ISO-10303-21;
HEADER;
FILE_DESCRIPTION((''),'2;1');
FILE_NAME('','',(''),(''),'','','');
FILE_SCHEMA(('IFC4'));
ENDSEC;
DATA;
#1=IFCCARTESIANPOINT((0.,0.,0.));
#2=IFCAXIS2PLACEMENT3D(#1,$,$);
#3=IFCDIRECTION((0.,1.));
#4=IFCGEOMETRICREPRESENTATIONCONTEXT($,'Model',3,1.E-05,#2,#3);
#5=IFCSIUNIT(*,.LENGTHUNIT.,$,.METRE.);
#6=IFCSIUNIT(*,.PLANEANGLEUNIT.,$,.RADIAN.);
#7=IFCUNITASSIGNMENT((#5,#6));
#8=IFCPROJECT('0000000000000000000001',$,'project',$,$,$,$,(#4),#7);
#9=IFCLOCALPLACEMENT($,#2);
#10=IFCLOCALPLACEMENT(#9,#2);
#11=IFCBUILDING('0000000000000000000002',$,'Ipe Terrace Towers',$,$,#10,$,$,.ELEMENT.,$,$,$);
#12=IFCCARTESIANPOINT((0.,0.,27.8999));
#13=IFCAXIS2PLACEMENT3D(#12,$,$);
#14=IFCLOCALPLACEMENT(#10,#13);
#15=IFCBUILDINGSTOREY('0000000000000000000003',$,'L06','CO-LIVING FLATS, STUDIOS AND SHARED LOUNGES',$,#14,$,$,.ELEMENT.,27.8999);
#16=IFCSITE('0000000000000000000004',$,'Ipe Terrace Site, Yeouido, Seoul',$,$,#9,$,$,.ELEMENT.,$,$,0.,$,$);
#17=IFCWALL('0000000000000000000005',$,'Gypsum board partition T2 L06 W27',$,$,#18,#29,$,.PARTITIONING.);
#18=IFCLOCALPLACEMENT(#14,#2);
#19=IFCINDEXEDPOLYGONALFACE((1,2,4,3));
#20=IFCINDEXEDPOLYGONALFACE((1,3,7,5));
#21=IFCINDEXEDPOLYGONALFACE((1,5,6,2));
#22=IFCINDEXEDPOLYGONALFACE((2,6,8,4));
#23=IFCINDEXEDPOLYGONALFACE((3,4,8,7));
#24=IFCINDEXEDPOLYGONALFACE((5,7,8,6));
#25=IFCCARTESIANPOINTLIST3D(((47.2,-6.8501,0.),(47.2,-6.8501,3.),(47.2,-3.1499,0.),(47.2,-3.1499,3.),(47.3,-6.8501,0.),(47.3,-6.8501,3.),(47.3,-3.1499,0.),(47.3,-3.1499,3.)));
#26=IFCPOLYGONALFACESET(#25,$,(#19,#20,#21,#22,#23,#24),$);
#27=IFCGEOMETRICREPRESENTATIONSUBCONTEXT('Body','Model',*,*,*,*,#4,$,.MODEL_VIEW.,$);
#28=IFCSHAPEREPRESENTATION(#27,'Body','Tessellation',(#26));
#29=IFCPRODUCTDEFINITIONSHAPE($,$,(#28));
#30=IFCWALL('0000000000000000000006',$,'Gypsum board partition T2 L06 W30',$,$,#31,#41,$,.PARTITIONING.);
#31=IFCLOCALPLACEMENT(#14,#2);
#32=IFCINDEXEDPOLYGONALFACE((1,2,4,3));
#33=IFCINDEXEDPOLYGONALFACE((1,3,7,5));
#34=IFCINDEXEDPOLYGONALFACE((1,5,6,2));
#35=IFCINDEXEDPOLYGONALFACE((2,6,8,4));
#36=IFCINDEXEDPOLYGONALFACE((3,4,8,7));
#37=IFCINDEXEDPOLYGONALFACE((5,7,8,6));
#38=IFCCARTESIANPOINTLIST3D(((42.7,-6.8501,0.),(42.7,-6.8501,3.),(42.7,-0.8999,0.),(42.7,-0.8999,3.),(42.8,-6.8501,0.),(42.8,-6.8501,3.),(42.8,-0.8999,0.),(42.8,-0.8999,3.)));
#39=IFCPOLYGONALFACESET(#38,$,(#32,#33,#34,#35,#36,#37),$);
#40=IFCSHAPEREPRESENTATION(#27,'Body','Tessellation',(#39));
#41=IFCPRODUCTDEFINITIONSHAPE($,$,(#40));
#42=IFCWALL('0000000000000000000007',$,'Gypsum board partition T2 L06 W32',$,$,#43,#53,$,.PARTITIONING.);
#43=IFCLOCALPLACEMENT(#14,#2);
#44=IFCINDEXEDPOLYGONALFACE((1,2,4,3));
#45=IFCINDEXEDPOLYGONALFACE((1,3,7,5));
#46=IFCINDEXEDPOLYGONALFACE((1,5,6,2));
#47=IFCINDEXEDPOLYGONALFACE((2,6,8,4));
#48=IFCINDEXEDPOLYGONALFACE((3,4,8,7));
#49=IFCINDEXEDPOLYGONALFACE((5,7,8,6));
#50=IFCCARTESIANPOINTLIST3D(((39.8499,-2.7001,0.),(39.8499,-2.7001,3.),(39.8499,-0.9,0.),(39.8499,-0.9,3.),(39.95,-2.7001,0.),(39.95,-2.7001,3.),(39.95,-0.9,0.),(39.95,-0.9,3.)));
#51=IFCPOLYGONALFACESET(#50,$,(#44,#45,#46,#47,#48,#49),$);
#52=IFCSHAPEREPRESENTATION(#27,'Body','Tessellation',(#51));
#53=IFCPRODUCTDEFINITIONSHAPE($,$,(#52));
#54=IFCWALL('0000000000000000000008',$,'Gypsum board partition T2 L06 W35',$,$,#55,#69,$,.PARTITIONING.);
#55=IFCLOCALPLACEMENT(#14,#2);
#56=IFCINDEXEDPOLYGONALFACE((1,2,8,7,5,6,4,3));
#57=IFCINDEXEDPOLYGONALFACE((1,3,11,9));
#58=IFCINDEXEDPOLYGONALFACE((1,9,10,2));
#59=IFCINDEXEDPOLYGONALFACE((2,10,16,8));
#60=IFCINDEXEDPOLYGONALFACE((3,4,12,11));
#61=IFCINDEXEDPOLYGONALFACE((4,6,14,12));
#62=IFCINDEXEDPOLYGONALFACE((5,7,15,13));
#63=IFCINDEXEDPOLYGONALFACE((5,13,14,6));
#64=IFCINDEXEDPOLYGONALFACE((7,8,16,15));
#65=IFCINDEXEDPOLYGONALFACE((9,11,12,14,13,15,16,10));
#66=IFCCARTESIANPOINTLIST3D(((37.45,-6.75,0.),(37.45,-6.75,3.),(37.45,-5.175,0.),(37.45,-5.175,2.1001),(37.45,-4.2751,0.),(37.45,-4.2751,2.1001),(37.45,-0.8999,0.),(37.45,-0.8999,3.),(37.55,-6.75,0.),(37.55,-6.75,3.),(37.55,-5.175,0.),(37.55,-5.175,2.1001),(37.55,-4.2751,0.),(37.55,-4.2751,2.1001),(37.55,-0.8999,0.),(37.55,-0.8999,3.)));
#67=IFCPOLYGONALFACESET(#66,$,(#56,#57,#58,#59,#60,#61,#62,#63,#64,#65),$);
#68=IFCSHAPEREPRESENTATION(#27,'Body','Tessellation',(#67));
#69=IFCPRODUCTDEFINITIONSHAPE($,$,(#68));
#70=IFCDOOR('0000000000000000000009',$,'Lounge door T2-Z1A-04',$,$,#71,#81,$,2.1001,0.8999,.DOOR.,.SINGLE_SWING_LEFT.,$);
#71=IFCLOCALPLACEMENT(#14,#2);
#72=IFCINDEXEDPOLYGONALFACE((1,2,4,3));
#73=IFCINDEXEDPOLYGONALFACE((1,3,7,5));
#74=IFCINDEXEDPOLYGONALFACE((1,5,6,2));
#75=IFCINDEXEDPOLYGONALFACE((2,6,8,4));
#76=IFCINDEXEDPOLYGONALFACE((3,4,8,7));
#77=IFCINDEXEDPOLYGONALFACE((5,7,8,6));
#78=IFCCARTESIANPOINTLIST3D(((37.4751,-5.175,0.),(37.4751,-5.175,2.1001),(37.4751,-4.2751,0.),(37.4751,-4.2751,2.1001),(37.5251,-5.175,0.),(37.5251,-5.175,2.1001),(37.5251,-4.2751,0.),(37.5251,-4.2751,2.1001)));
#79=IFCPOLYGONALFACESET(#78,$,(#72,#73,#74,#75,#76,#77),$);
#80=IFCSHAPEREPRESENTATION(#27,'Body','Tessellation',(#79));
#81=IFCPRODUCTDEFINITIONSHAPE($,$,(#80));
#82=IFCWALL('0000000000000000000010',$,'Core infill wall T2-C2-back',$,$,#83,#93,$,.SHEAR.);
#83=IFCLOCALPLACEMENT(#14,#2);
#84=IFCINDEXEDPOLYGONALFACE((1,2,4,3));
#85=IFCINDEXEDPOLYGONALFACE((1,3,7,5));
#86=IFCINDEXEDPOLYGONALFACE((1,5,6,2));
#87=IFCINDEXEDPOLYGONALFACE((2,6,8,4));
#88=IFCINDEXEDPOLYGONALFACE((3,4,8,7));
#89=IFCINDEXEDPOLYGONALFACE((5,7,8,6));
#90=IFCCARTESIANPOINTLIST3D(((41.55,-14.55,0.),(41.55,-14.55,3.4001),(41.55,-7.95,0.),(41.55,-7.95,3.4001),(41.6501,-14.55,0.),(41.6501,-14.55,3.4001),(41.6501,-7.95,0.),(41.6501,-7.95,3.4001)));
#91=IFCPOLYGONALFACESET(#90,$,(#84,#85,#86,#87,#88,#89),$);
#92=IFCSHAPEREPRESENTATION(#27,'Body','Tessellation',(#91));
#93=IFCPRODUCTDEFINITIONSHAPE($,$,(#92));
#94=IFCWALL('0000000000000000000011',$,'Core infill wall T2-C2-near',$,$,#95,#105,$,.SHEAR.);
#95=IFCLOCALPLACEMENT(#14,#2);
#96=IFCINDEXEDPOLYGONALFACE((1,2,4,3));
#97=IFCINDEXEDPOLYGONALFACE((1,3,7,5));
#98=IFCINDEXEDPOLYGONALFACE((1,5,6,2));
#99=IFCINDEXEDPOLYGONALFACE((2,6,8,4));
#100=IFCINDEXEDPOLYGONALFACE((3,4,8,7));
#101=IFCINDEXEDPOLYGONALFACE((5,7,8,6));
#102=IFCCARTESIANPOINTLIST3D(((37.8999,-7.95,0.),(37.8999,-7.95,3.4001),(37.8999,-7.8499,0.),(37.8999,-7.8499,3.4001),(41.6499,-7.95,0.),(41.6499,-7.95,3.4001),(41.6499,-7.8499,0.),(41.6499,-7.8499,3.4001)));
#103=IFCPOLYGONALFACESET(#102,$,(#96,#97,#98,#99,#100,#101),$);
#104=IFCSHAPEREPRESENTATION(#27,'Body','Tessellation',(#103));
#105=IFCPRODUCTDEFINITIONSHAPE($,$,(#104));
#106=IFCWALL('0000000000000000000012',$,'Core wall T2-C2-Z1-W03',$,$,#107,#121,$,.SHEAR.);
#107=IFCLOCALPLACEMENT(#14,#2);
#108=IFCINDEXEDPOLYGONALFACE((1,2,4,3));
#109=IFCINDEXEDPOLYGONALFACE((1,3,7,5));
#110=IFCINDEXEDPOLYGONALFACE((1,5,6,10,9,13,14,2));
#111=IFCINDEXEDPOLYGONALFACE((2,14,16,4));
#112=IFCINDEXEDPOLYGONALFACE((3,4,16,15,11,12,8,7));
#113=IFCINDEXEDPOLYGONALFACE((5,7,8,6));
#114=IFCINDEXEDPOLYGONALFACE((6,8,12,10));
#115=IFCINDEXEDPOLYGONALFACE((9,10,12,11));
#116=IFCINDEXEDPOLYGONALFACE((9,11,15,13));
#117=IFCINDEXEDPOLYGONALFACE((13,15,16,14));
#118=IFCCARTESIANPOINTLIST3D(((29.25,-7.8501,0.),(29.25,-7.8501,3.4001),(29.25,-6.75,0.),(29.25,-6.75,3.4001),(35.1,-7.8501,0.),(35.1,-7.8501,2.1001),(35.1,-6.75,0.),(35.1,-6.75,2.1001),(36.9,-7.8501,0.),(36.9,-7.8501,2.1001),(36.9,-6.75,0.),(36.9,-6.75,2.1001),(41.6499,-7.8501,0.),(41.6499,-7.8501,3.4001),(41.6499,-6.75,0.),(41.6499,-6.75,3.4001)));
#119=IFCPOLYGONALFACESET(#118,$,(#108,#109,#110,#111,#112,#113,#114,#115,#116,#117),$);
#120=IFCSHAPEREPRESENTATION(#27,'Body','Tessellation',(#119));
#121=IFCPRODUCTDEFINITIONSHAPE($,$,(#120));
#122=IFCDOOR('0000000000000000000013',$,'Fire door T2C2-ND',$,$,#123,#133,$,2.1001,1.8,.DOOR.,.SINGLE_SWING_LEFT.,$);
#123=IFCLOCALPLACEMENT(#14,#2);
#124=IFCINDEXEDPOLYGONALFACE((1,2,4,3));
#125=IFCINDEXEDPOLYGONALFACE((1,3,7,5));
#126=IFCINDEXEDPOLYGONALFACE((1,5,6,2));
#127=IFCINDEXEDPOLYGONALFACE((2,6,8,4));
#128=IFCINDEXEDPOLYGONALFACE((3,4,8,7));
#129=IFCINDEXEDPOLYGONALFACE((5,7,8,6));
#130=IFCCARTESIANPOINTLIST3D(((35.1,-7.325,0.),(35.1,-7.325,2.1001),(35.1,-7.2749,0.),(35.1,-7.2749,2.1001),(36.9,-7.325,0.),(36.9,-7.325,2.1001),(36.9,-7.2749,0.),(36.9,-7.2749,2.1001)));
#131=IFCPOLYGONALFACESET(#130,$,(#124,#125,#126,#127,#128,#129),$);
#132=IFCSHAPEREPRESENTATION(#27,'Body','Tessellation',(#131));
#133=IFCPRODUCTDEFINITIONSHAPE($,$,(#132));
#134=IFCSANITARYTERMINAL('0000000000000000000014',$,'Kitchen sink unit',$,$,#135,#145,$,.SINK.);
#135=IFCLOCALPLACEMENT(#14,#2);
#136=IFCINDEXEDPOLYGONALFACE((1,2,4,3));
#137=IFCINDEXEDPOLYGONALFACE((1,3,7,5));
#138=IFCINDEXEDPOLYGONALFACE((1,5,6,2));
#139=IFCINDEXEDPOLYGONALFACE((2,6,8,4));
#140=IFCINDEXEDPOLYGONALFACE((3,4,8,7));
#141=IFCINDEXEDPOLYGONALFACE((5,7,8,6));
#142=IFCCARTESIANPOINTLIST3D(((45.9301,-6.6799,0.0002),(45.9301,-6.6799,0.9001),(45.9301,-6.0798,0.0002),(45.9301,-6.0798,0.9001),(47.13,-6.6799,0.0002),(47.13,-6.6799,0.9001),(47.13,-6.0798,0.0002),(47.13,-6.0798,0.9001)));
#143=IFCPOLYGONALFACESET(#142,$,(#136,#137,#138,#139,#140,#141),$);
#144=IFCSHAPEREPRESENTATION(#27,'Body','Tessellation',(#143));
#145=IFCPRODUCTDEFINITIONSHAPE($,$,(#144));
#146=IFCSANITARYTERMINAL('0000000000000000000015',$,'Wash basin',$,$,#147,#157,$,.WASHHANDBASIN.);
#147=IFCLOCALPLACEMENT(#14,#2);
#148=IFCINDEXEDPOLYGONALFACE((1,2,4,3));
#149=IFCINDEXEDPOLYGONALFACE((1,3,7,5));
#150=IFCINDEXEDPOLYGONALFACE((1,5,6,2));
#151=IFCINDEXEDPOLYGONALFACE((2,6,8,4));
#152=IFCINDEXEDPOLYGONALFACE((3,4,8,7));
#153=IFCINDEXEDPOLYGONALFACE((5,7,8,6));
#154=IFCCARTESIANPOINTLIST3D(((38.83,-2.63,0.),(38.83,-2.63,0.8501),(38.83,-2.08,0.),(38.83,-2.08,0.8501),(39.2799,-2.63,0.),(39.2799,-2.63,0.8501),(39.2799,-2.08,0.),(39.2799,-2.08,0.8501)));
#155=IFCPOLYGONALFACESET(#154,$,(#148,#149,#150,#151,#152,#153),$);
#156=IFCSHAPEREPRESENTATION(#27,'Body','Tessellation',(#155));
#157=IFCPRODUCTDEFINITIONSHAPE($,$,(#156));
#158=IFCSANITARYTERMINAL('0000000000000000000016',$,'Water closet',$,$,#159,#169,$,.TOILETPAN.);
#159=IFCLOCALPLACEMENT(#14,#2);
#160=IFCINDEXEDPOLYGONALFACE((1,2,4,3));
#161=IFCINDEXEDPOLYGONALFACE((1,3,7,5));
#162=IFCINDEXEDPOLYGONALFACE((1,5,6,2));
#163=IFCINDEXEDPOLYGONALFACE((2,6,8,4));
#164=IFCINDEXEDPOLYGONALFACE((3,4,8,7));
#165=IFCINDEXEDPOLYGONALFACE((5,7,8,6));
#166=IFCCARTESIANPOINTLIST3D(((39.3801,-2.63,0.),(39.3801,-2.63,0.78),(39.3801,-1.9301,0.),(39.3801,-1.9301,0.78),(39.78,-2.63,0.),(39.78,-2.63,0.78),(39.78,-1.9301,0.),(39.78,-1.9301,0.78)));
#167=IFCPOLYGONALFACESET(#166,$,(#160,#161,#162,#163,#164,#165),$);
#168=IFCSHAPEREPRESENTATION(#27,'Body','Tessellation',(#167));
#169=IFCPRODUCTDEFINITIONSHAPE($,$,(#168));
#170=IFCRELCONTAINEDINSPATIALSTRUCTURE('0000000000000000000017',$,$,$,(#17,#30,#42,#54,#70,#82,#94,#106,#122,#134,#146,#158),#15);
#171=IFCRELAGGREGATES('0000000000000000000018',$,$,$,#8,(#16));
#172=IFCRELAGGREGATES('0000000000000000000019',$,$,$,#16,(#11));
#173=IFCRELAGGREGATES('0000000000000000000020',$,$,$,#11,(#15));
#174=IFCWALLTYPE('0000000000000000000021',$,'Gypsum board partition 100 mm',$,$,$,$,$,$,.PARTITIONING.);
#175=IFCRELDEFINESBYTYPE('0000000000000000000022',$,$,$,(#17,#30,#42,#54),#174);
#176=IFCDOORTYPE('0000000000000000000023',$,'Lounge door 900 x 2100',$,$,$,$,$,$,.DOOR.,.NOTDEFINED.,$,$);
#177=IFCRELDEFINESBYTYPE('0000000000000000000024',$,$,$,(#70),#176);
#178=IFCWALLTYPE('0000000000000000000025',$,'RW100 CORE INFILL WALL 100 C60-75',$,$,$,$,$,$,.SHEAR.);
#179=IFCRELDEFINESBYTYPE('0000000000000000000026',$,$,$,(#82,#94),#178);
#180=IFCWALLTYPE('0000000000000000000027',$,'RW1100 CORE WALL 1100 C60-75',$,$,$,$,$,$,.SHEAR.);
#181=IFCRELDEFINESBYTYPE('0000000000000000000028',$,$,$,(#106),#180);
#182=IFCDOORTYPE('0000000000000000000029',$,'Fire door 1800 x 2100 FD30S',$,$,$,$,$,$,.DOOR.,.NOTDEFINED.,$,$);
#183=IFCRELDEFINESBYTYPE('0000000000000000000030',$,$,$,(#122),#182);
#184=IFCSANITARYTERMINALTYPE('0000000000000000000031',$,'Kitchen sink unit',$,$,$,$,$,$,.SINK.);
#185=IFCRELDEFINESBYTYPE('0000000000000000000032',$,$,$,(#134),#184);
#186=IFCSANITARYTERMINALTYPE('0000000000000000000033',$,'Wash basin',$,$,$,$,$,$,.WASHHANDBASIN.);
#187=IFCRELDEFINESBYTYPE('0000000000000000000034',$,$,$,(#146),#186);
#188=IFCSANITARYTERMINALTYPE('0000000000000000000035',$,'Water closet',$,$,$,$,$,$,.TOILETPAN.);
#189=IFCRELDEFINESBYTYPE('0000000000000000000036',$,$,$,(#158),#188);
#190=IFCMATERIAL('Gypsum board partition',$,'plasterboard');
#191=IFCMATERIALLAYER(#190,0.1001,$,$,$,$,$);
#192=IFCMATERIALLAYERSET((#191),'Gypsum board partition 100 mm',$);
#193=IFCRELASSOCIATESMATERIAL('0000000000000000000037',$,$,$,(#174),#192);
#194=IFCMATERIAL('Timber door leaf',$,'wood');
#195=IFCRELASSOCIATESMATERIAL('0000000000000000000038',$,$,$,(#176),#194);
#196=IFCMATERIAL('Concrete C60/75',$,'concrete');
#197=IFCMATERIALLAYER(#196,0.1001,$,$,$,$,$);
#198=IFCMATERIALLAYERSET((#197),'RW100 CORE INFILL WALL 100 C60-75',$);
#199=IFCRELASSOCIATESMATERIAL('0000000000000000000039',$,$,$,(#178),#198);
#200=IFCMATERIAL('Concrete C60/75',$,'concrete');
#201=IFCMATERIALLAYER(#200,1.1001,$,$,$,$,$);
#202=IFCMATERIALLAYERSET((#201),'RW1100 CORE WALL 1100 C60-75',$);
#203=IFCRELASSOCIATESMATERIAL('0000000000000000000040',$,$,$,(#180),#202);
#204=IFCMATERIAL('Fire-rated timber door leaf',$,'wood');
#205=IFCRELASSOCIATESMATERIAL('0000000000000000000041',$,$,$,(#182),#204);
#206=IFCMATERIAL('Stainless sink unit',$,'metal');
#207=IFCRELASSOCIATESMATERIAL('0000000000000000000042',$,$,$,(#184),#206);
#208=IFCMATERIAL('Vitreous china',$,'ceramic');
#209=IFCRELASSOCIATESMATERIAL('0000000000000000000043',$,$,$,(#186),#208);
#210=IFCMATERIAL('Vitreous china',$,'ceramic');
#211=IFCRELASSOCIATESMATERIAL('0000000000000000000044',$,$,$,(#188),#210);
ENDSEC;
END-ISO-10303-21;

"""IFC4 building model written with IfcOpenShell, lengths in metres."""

from ifc_helpers import new_model, si_unit, direction, frame, frame_2d, origin, origin_2d, place, context, subcontext, project, spatial, rectangle, extrude, material, layer, layer_set, type_object, element, fill, save


model = new_model("IFC4")

# Units and contexts
model_context = context("Model", 3, precision=1e-05, world=origin(), true_north=direction((0.0, 1.0)))
body_context = subcontext(model_context, "Body", "Model", "MODEL_VIEW")
ifc_project = project(units=[si_unit("LENGTHUNIT", "METRE"), si_unit("PLANEANGLEUNIT", "RADIAN")], contexts=[model_context])

# Site, building, storey
site_placement = place(None, origin())
site = spatial("IfcSite", under=ifc_project, at=site_placement, Name="Ipe Terrace Site, Yeouido, Seoul", CompositionType="ELEMENT", RefElevation=0.0)
building_placement = place(site_placement, origin())
building = spatial("IfcBuilding", under=site, at=building_placement, Name="Ipe Terrace Towers", CompositionType="ELEMENT")
storey_placement = place(building_placement, frame((0.0, 0.0, 27.8999)))
storey = spatial("IfcBuildingStorey", under=building, at=storey_placement, Name="L06", Description="CO-LIVING FLATS, STUDIOS AND SHARED LOUNGES", CompositionType="ELEMENT", Elevation=27.8999)

# Shared definitions
ifc_material_1 = material(Name="Gypsum board partition", Category="plasterboard")
ifc_layer_1 = layer(ifc_material_1, 0.1001)
ifc_layer_set_1 = layer_set([ifc_layer_1], Name="Gypsum board partition 100 mm")
wall_type_1 = type_object("IfcWallType", Name="Gypsum board partition 100 mm", PredefinedType="PARTITIONING", material=ifc_layer_set_1)
ifc_material_2 = material(Name="Timber door leaf", Category="wood")
door_type_1 = type_object("IfcDoorType", Name="Lounge door 900 x 2100", OperationType="NOTDEFINED", PredefinedType="DOOR", material=ifc_material_2)

# Walls
wall_1_placement = place(storey_placement, frame((47.25, -6.8501, 0.0), z_axis=(0.0, 0.0, 1.0), x_axis=(0.0, 1.0, 0.0)))
element("IfcWall", 1, at=wall_1_placement, inside=storey, type_object=wall_type_1, Name="Gypsum board partition T2 L06 W27", PredefinedType="PARTITIONING", context=body_context, shape_type="SweptSolid", body=[
    extrude(rectangle(XDim=3.7002, YDim=0.1001, at=frame_2d((1.8501, 0.0))), origin(), (0.0, 0.0, 1.0), 3.0),
])
wall_2_placement = place(storey_placement, frame((42.75, -6.8501, 0.0), z_axis=(0.0, 0.0, 1.0), x_axis=(0.0, 1.0, 0.0)))
element("IfcWall", 2, at=wall_2_placement, inside=storey, type_object=wall_type_1, Name="Gypsum board partition T2 L06 W30", PredefinedType="PARTITIONING", context=body_context, shape_type="SweptSolid", body=[
    extrude(rectangle(XDim=5.9502, YDim=0.1001, at=frame_2d((2.9751, 0.0))), origin(), (0.0, 0.0, 1.0), 3.0),
])
wall_3_placement = place(storey_placement, frame((39.8999, -2.7, 0.0), z_axis=(0.0, 0.0, 1.0), x_axis=(0.0, 1.0, 0.0)))
element("IfcWall", 3, at=wall_3_placement, inside=storey, type_object=wall_type_1, Name="Gypsum board partition T2 L06 W32", PredefinedType="PARTITIONING", context=body_context, shape_type="SweptSolid", body=[
    extrude(rectangle(XDim=1.8, YDim=0.1001, at=frame_2d((0.8999, 0.0))), origin(), (0.0, 0.0, 1.0), 3.0),
])

# Wall, opening, door
wall_4_placement = place(storey_placement, frame((37.5, -6.75, 0.0), z_axis=(0.0, 0.0, 1.0), x_axis=(0.0, 1.0, 0.0)))
wall_4 = element("IfcWall", 4, at=wall_4_placement, inside=storey, type_object=wall_type_1, Name="Gypsum board partition T2 L06 W35", PredefinedType="PARTITIONING", context=body_context, shape_type="SweptSolid", body=[
    extrude(rectangle(XDim=5.8501, YDim=0.1001, at=frame_2d((2.925, 0.0))), origin(), (0.0, 0.0, 1.0), 3.0),
])
opening_1_placement = place(wall_4_placement, frame((1.575, 0.0, 0.0)))
opening_1 = element("IfcOpeningElement", 5, at=opening_1_placement, cuts=wall_4, PredefinedType="OPENING", context=body_context, shape_type="SweptSolid", body=[
    extrude(rectangle(XDim=0.8999, YDim=2.1001, at=frame_2d((0.45, 1.05))), frame((0.0, 0.0601, 0.0), z_axis=(0.0, -1.0, 0.0), x_axis=(1.0, 0.0, 0.0)), (0.0, 0.0, 1.0), 0.1201),
])
door_1_placement = place(opening_1_placement, origin())
door_1 = element("IfcDoor", 6, at=door_1_placement, inside=storey, type_object=door_type_1, Name="Lounge door T2-Z1A-04", OperationType="SINGLE_SWING_LEFT", OverallHeight=2.1001, OverallWidth=0.8999, PredefinedType="DOOR", context=body_context, shape_type="SweptSolid", body=[
    extrude(rectangle(XDim=0.8999, YDim=2.1001, at=frame_2d((0.45, 1.05))), frame((0.0, 0.0249, 0.0), z_axis=(0.0, -1.0, 0.0), x_axis=(1.0, 0.0, 0.0)), (0.0, 0.0, 1.0), 0.05),
])
fill(opening_1, door_1)

# Walls
ifc_material_3 = material(Name="Concrete C60/75", Category="concrete")
ifc_layer_2 = layer(ifc_material_3, 0.1001)
ifc_layer_set_2 = layer_set([ifc_layer_2], Name="RW100 CORE INFILL WALL 100 C60-75")
wall_type_2 = type_object("IfcWallType", Name="RW100 CORE INFILL WALL 100 C60-75", PredefinedType="SHEAR", material=ifc_layer_set_2)
wall_5_placement = place(storey_placement, frame((41.6001, -7.95, 0.0), z_axis=(0.0, 0.0, 1.0), x_axis=(0.0, -1.0, 0.0)))
element("IfcWall", 7, at=wall_5_placement, inside=storey, type_object=wall_type_2, Name="Core infill wall T2-C2-back", PredefinedType="SHEAR", context=body_context, shape_type="SweptSolid", body=[
    extrude(rectangle(XDim=6.6001, YDim=0.1001, at=frame_2d((3.3, 0.0))), origin(), (0.0, 0.0, 1.0), 3.4001),
])
wall_6_placement = place(storey_placement, frame((37.8999, -7.8999, 0.0), z_axis=(0.0, 0.0, 1.0), x_axis=(1.0, 0.0, 0.0)))
element("IfcWall", 8, at=wall_6_placement, inside=storey, type_object=wall_type_2, Name="Core infill wall T2-C2-near", PredefinedType="SHEAR", context=body_context, shape_type="SweptSolid", body=[
    extrude(rectangle(XDim=3.75, YDim=0.1001, at=frame_2d((1.875, 0.0))), origin(), (0.0, 0.0, 1.0), 3.4001),
])

# Wall, opening, door
ifc_material_4 = material(Name="Concrete C60/75", Category="concrete")
ifc_layer_3 = layer(ifc_material_4, 1.1001)
ifc_layer_set_3 = layer_set([ifc_layer_3], Name="RW1100 CORE WALL 1100 C60-75")
wall_type_3 = type_object("IfcWallType", Name="RW1100 CORE WALL 1100 C60-75", PredefinedType="SHEAR", material=ifc_layer_set_3)
wall_7_placement = place(storey_placement, frame((41.6499, -7.3, 0.0), z_axis=(0.0, 0.0, 1.0), x_axis=(-1.0, 0.0, 0.0)))
wall_7 = element("IfcWall", 9, at=wall_7_placement, inside=storey, type_object=wall_type_3, Name="Core wall T2-C2-Z1-W03", PredefinedType="SHEAR", context=body_context, shape_type="SweptSolid", body=[
    extrude(rectangle(XDim=12.3999, YDim=1.1001, at=frame_2d((6.2, 0.0))), origin(), (0.0, 0.0, 1.0), 3.4001),
])
opening_2_placement = place(wall_7_placement, frame((4.75, 0.0, 0.0)))
opening_2 = element("IfcOpeningElement", 10, at=opening_2_placement, cuts=wall_7, PredefinedType="OPENING", context=body_context, shape_type="SweptSolid", body=[
    extrude(rectangle(XDim=1.8, YDim=2.1001, at=frame_2d((0.8999, 1.05))), frame((0.0, 0.5601, 0.0), z_axis=(0.0, -1.0, 0.0), x_axis=(1.0, 0.0, 0.0)), (0.0, 0.0, 1.0), 1.1201),
])
ifc_material_5 = material(Name="Fire-rated timber door leaf", Category="wood")
door_type_2 = type_object("IfcDoorType", Name="Fire door 1800 x 2100 FD30S", OperationType="NOTDEFINED", PredefinedType="DOOR", material=ifc_material_5)
door_2_placement = place(opening_2_placement, origin())
door_2 = element("IfcDoor", 11, at=door_2_placement, inside=storey, type_object=door_type_2, Name="Fire door T2C2-ND", OperationType="SINGLE_SWING_LEFT", OverallHeight=2.1001, OverallWidth=1.8, PredefinedType="DOOR", context=body_context, shape_type="SweptSolid", body=[
    extrude(rectangle(XDim=1.8, YDim=2.1001, at=frame_2d((0.8999, 1.05))), frame((0.0, 0.0249, 0.0), z_axis=(0.0, -1.0, 0.0), x_axis=(1.0, 0.0, 0.0)), (0.0, 0.0, 1.0), 0.05),
])
fill(opening_2, door_2)

# Sanitary terminals
ifc_material_6 = material(Name="Stainless sink unit", Category="metal")
sanitary_terminal_type_1 = type_object("IfcSanitaryTerminalType", Name="Kitchen sink unit", PredefinedType="SINK", material=ifc_material_6)
sanitary_terminal_1_placement = place(storey_placement, frame((46.53, -6.3799, 0.0002), z_axis=(0.0, 0.0, 1.0), x_axis=(-1.0, 0.0, 0.0)))
element("IfcSanitaryTerminal", 12, at=sanitary_terminal_1_placement, inside=storey, type_object=sanitary_terminal_type_1, Name="Kitchen sink unit", PredefinedType="SINK", context=body_context, shape_type="SweptSolid", body=[
    extrude(rectangle(XDim=1.2, YDim=0.6001, at=origin_2d()), origin(), (0.0, 0.0, 1.0), 0.8999),
])
ifc_material_7 = material(Name="Vitreous china", Category="ceramic")
sanitary_terminal_type_2 = type_object("IfcSanitaryTerminalType", Name="Wash basin", PredefinedType="WASHHANDBASIN", material=ifc_material_7)
sanitary_terminal_2_placement = place(storey_placement, frame((39.0549, -2.355, 0.0), z_axis=(0.0, 0.0, 1.0), x_axis=(0.0, 1.0, 0.0)))
element("IfcSanitaryTerminal", 13, at=sanitary_terminal_2_placement, inside=storey, type_object=sanitary_terminal_type_2, Name="Wash basin", PredefinedType="WASHHANDBASIN", context=body_context, shape_type="SweptSolid", body=[
    extrude(rectangle(XDim=0.55, YDim=0.45, at=origin_2d()), origin(), (0.0, 0.0, 1.0), 0.8501),
])
ifc_material_8 = material(Name="Vitreous china", Category="ceramic")
sanitary_terminal_type_3 = type_object("IfcSanitaryTerminalType", Name="Water closet", PredefinedType="TOILETPAN", material=ifc_material_8)
sanitary_terminal_3_placement = place(storey_placement, frame((39.5801, -2.28, 0.0), z_axis=(0.0, 0.0, 1.0), x_axis=(0.0, 1.0, 0.0)))
element("IfcSanitaryTerminal", 14, at=sanitary_terminal_3_placement, inside=storey, type_object=sanitary_terminal_type_3, Name="Water closet", PredefinedType="TOILETPAN", context=body_context, shape_type="SweptSolid", body=[
    extrude(rectangle(XDim=0.7, YDim=0.3999, at=origin_2d()), origin(), (0.0, 0.0, 1.0), 0.78),
])

save(model, "model.ifc")
